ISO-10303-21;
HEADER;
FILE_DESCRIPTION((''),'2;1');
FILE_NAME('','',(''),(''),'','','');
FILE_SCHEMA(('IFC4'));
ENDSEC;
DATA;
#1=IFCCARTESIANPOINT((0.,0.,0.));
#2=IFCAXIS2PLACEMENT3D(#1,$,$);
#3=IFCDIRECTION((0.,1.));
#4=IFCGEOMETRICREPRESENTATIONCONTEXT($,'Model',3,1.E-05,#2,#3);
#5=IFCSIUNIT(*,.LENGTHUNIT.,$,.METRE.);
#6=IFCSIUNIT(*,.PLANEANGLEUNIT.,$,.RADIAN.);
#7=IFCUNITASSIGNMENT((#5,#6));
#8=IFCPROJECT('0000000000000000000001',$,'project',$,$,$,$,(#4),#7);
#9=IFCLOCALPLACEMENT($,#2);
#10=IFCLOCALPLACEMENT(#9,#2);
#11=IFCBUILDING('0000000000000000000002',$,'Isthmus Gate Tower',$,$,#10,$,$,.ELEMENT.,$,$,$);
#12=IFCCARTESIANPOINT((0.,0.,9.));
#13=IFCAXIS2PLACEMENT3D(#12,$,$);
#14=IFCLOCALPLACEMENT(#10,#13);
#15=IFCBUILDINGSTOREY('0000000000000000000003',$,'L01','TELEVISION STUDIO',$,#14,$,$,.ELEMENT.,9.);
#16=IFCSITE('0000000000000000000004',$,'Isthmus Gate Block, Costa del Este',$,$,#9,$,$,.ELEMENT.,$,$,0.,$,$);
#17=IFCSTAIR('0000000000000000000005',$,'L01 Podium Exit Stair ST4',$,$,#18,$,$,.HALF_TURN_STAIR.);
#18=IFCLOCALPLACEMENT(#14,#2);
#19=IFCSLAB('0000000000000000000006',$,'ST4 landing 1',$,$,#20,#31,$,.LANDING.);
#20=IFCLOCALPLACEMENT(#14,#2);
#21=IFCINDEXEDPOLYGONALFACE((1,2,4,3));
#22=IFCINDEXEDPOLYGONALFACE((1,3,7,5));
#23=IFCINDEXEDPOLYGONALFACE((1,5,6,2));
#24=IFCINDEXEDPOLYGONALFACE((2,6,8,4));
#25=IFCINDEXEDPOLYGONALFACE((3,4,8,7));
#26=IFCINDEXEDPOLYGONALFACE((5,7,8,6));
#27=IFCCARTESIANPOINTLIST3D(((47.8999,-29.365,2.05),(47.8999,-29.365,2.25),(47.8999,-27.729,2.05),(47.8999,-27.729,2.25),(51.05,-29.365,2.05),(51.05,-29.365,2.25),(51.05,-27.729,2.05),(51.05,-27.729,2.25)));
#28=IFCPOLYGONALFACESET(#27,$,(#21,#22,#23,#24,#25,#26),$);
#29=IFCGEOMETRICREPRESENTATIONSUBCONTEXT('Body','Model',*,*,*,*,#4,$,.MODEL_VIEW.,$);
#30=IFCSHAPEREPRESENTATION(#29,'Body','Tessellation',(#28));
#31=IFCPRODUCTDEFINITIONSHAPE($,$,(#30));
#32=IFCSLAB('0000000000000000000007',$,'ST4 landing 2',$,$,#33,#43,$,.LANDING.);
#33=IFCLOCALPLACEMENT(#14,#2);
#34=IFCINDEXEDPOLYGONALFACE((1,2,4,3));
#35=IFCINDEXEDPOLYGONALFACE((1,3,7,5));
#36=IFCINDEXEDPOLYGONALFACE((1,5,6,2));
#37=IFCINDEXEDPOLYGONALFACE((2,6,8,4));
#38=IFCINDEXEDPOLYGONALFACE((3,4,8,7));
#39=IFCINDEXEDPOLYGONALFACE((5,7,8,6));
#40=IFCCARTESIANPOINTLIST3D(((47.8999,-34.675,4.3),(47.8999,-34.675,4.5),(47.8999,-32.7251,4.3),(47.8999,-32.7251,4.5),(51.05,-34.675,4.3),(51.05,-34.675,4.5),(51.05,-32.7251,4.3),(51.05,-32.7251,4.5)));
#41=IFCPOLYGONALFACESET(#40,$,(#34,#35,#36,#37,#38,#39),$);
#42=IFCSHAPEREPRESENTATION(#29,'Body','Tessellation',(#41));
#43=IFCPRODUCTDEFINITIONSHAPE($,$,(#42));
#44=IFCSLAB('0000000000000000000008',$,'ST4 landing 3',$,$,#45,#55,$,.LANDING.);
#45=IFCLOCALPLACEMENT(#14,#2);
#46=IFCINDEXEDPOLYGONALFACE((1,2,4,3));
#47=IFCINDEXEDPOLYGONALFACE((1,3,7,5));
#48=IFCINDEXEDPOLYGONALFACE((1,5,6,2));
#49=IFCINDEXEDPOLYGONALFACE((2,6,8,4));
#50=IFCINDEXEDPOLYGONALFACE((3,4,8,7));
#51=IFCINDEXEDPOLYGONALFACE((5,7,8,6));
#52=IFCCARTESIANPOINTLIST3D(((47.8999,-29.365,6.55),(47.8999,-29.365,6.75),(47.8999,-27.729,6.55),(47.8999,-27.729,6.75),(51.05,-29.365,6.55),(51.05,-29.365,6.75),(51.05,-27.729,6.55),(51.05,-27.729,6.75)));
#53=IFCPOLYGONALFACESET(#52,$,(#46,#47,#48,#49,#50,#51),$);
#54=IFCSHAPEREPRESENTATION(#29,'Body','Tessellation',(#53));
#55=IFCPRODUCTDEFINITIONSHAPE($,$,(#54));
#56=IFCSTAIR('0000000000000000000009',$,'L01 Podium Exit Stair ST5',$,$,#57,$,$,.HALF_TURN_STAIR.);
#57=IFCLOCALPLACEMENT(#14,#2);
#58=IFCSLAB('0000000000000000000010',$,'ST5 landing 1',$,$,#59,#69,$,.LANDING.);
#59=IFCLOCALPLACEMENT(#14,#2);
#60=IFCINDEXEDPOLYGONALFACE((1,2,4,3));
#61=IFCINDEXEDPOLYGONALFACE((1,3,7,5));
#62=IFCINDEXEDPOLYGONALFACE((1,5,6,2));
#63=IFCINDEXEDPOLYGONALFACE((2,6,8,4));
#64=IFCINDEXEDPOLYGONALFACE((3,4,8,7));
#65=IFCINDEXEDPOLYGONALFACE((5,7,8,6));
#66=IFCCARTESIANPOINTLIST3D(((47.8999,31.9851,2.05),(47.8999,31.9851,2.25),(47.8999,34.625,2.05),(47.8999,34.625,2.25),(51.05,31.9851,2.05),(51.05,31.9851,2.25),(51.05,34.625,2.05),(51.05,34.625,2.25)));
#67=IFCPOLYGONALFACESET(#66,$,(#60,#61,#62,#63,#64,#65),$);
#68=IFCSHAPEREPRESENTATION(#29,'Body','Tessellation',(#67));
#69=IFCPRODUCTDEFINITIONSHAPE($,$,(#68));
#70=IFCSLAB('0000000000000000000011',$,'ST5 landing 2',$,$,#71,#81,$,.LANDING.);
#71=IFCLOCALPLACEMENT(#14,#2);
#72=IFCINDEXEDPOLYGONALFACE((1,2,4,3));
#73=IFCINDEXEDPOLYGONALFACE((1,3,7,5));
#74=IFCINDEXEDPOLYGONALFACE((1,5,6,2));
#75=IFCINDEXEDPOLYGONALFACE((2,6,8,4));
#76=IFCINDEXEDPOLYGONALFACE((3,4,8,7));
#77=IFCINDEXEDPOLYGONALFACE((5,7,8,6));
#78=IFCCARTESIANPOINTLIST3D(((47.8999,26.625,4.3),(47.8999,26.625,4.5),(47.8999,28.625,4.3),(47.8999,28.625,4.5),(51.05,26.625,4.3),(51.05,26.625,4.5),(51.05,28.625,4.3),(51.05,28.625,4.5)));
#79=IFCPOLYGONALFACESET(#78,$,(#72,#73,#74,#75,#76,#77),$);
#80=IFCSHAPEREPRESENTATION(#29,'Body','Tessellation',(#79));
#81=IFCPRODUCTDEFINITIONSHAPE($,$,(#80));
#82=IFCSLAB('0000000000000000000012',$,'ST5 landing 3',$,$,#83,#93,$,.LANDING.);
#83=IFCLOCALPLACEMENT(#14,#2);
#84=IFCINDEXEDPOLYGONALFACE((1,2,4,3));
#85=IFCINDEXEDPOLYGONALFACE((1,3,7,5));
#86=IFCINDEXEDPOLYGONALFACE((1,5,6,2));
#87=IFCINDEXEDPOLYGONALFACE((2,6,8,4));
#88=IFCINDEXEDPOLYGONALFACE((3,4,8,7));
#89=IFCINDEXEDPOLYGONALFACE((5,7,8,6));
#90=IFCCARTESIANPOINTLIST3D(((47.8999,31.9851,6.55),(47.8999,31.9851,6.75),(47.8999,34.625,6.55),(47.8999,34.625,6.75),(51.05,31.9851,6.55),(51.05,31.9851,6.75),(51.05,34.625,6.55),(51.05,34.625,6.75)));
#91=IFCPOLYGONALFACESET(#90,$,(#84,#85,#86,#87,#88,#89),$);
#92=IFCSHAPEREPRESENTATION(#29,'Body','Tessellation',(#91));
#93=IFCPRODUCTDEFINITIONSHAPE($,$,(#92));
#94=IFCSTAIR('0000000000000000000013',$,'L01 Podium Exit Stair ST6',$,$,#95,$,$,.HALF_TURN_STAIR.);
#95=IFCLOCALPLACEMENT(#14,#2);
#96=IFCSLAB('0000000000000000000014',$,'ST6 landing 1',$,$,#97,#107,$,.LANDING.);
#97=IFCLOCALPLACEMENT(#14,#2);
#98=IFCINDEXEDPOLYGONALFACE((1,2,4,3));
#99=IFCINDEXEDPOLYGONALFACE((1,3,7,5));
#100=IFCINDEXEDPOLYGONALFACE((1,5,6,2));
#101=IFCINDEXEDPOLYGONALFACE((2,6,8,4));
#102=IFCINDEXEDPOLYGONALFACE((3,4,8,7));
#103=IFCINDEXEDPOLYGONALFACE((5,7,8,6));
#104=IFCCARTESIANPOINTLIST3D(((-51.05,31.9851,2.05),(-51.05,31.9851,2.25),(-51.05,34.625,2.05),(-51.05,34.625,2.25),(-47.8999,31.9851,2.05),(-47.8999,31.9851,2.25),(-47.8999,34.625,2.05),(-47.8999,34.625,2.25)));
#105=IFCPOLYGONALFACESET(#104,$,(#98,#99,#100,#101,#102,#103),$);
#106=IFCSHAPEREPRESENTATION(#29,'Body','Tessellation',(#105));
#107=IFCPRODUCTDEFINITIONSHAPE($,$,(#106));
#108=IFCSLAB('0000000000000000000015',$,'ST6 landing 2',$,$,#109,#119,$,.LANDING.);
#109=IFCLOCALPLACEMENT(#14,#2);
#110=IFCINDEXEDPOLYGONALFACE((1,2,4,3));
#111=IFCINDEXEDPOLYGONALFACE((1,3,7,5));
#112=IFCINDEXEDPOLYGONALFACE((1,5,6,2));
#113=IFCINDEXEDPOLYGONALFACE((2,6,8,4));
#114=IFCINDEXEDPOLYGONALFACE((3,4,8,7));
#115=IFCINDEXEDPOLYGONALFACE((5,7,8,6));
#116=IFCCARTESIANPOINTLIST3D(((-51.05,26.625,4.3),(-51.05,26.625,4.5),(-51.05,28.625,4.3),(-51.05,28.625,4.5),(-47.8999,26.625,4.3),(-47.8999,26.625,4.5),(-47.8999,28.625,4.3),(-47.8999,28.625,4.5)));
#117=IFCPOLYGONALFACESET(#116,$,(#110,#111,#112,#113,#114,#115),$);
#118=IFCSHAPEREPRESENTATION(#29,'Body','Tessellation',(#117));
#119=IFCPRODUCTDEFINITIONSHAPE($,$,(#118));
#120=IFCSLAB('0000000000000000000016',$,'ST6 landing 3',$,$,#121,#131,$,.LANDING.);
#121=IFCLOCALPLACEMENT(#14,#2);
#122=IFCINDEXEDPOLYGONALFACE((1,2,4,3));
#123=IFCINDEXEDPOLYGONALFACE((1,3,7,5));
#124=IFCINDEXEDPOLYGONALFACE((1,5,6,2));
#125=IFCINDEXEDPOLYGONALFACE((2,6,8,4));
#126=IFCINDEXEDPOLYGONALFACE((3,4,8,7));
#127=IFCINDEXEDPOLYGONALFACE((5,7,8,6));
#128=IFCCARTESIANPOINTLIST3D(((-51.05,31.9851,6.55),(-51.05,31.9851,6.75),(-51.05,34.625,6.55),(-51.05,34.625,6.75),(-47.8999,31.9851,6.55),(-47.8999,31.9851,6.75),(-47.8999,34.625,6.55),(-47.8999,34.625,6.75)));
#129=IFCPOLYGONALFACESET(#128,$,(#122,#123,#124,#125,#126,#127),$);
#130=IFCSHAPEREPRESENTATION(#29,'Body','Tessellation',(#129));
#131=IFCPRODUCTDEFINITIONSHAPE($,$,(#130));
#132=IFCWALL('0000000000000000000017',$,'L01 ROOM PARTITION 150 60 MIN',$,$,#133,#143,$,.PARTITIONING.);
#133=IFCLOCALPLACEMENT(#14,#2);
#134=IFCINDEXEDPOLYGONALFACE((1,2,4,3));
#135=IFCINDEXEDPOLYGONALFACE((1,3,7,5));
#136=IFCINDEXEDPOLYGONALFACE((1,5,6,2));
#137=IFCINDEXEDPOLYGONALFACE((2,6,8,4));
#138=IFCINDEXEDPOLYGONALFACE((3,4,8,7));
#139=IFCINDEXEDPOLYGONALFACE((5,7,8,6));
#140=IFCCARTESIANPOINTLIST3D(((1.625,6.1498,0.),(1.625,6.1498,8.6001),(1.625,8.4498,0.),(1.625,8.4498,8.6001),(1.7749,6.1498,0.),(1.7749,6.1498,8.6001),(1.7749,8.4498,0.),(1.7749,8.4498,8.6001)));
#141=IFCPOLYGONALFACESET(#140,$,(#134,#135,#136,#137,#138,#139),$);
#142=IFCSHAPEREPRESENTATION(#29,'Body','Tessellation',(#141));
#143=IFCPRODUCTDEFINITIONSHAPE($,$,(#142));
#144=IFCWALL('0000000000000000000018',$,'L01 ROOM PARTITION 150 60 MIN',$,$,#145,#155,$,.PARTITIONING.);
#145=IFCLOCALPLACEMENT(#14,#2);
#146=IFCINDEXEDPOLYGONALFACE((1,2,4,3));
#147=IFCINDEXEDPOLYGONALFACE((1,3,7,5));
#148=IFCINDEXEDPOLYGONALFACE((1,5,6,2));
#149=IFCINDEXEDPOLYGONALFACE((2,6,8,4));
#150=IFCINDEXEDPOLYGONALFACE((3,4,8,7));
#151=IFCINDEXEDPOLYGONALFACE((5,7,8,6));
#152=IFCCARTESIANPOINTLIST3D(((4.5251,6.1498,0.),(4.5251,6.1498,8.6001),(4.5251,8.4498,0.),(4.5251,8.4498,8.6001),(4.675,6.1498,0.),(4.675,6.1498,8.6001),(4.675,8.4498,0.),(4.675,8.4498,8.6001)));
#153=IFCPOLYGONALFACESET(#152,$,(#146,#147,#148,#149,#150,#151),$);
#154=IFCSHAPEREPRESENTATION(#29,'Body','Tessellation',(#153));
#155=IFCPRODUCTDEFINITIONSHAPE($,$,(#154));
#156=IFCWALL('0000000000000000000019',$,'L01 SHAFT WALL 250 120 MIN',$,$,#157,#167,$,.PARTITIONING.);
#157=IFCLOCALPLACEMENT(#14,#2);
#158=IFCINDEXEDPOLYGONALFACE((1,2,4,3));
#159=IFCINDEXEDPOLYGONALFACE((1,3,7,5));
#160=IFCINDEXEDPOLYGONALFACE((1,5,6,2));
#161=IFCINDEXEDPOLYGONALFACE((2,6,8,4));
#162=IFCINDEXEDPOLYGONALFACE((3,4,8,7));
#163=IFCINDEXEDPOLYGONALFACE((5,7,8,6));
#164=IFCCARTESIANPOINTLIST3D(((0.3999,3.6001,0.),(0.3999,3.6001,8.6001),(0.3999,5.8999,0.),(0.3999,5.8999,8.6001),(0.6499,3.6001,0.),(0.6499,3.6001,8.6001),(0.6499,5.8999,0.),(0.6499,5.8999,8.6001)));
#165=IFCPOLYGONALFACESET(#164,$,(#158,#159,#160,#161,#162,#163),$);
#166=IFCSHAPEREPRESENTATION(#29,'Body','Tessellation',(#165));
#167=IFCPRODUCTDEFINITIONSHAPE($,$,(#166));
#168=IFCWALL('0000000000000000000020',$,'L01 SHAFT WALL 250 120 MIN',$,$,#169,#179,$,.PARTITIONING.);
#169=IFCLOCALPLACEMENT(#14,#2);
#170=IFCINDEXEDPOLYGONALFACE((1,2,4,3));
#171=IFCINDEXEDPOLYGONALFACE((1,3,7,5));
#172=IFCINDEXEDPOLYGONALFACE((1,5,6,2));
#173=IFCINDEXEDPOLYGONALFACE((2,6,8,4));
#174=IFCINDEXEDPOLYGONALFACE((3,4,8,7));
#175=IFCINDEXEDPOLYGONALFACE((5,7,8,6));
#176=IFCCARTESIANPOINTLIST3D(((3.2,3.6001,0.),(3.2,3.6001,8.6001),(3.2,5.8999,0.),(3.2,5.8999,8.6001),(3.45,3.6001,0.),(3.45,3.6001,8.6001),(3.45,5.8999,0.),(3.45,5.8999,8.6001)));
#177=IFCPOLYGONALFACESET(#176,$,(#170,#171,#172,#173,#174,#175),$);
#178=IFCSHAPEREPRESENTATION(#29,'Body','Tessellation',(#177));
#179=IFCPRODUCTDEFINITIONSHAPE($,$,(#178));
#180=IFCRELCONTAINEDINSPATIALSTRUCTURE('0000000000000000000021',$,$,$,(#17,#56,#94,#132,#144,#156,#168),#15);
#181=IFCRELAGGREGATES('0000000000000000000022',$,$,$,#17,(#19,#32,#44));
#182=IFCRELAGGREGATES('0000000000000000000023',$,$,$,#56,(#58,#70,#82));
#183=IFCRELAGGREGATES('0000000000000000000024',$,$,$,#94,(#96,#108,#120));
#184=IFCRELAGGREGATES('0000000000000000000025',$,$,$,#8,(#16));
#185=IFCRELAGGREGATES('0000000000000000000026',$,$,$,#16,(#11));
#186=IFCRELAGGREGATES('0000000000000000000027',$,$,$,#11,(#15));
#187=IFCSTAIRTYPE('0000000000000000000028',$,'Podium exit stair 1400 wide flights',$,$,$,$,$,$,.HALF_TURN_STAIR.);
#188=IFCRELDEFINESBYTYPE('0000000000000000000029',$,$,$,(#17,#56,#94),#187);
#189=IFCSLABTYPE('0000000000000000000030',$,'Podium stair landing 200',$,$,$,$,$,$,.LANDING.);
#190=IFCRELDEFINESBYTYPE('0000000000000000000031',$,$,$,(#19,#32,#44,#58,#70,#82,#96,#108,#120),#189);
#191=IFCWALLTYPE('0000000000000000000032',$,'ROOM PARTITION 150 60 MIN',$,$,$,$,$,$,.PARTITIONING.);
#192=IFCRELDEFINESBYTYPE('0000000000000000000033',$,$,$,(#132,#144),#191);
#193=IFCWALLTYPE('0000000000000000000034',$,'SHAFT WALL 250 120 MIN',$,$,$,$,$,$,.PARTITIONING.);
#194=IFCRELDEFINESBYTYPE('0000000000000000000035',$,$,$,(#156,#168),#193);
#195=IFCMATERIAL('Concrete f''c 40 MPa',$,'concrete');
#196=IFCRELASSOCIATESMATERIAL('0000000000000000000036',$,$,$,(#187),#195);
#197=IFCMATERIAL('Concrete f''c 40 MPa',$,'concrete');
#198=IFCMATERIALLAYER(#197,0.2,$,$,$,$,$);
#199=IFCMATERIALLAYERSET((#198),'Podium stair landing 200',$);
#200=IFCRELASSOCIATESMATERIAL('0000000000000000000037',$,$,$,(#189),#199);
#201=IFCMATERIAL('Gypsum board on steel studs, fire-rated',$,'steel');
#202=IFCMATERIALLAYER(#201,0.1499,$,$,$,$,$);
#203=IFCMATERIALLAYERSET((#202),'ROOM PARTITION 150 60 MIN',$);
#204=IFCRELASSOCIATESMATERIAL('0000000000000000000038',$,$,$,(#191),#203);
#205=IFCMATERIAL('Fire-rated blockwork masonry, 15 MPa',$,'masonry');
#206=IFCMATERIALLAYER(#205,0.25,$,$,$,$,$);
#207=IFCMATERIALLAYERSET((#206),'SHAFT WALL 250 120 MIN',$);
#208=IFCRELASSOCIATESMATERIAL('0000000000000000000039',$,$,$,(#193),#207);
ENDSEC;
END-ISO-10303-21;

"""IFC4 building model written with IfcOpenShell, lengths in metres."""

from ifc_helpers import new_model, si_unit, direction, frame, frame_2d, origin, place, context, subcontext, project, spatial, polyline, rectangle, outline, extrude, material, layer, layer_set, type_object, element, aggregate, save


model = new_model("IFC4")

# Units and contexts
model_context = context("Model", 3, precision=1e-05, world=origin(), true_north=direction((0.0, 1.0)))
body_context = subcontext(model_context, "Body", "Model", "MODEL_VIEW")
ifc_project = project(units=[si_unit("LENGTHUNIT", "METRE"), si_unit("PLANEANGLEUNIT", "RADIAN")], contexts=[model_context])

# Site, building, storey
site_placement = place(None, origin())
site = spatial("IfcSite", under=ifc_project, at=site_placement, Name="Isthmus Gate Block, Costa del Este", CompositionType="ELEMENT", RefElevation=0.0)
building_placement = place(site_placement, origin())
building = spatial("IfcBuilding", under=site, at=building_placement, Name="Isthmus Gate Tower", CompositionType="ELEMENT")
storey_placement = place(building_placement, frame((0.0, 0.0, 9.0)))
storey = spatial("IfcBuildingStorey", under=building, at=storey_placement, Name="L01", Description="TELEVISION STUDIO", CompositionType="ELEMENT", Elevation=9.0)

# Stairs, slabs
ifc_material_1 = material(Name="Concrete f'c 40 MPa", Category="concrete")
stair_type = type_object("IfcStairType", Name="Podium exit stair 1400 wide flights", PredefinedType="HALF_TURN_STAIR", material=ifc_material_1)
stair_1_placement = place(storey_placement, origin())
stair_1 = element("IfcStair", 1, at=stair_1_placement, inside=storey, type_object=stair_type, Name="L01 Podium Exit Stair ST4", PredefinedType="HALF_TURN_STAIR")
ifc_material_2 = material(Name="Concrete f'c 40 MPa", Category="concrete")
ifc_layer_1 = layer(ifc_material_2, 0.2)
ifc_layer_set_1 = layer_set([ifc_layer_1], Name="Podium stair landing 200")
slab_type = type_object("IfcSlabType", Name="Podium stair landing 200", PredefinedType="LANDING", material=ifc_layer_set_1)
slab_1_placement = place(storey_placement, frame((0.0, 0.0, 2.05)))
slab_1 = element("IfcSlab", 2, at=slab_1_placement, type_object=slab_type, Name="ST4 landing 1", PredefinedType="LANDING", context=body_context, shape_type="SweptSolid", body=[
    extrude(outline(polyline([(51.05, -29.365), (51.05, -27.729), (47.8999, -27.729), (47.8999, -29.365), (51.05, -29.365)])), origin(), (0.0, 0.0, 1.0), 0.2),
])
slab_2_placement = place(storey_placement, frame((0.0, 0.0, 4.3)))
slab_2 = element("IfcSlab", 3, at=slab_2_placement, type_object=slab_type, Name="ST4 landing 2", PredefinedType="LANDING", context=body_context, shape_type="SweptSolid", body=[
    extrude(outline(polyline([(51.05, -34.675), (51.05, -32.7251), (47.8999, -32.7251), (47.8999, -34.675), (51.05, -34.675)])), origin(), (0.0, 0.0, 1.0), 0.2),
])
slab_3_placement = place(storey_placement, frame((0.0, 0.0, 6.55)))
slab_3 = element("IfcSlab", 4, at=slab_3_placement, type_object=slab_type, Name="ST4 landing 3", PredefinedType="LANDING", context=body_context, shape_type="SweptSolid", body=[
    extrude(outline(polyline([(51.05, -29.365), (51.05, -27.729), (47.8999, -27.729), (47.8999, -29.365), (51.05, -29.365)])), origin(), (0.0, 0.0, 1.0), 0.2),
])
aggregate(stair_1, [slab_1, slab_2, slab_3])
stair_2_placement = place(storey_placement, origin())
stair_2 = element("IfcStair", 5, at=stair_2_placement, inside=storey, type_object=stair_type, Name="L01 Podium Exit Stair ST5", PredefinedType="HALF_TURN_STAIR")
slab_4_placement = place(storey_placement, frame((0.0, 0.0, 2.05)))
slab_4 = element("IfcSlab", 6, at=slab_4_placement, type_object=slab_type, Name="ST5 landing 1", PredefinedType="LANDING", context=body_context, shape_type="SweptSolid", body=[
    extrude(outline(polyline([(51.05, 31.9851), (51.05, 34.625), (47.8999, 34.625), (47.8999, 31.9851), (51.05, 31.9851)])), origin(), (0.0, 0.0, 1.0), 0.2),
])
slab_5_placement = place(storey_placement, frame((0.0, 0.0, 4.3)))
slab_5 = element("IfcSlab", 7, at=slab_5_placement, type_object=slab_type, Name="ST5 landing 2", PredefinedType="LANDING", context=body_context, shape_type="SweptSolid", body=[
    extrude(outline(polyline([(51.05, 26.625), (51.05, 28.625), (47.8999, 28.625), (47.8999, 26.625), (51.05, 26.625)])), origin(), (0.0, 0.0, 1.0), 0.2),
])
slab_6_placement = place(storey_placement, frame((0.0, 0.0, 6.55)))
slab_6 = element("IfcSlab", 8, at=slab_6_placement, type_object=slab_type, Name="ST5 landing 3", PredefinedType="LANDING", context=body_context, shape_type="SweptSolid", body=[
    extrude(outline(polyline([(51.05, 31.9851), (51.05, 34.625), (47.8999, 34.625), (47.8999, 31.9851), (51.05, 31.9851)])), origin(), (0.0, 0.0, 1.0), 0.2),
])
aggregate(stair_2, [slab_4, slab_5, slab_6])
stair_3_placement = place(storey_placement, origin())
stair_3 = element("IfcStair", 9, at=stair_3_placement, inside=storey, type_object=stair_type, Name="L01 Podium Exit Stair ST6", PredefinedType="HALF_TURN_STAIR")
slab_7_placement = place(storey_placement, frame((0.0, 0.0, 2.05)))
slab_7 = element("IfcSlab", 10, at=slab_7_placement, type_object=slab_type, Name="ST6 landing 1", PredefinedType="LANDING", context=body_context, shape_type="SweptSolid", body=[
    extrude(outline(polyline([(-47.8999, 31.9851), (-47.8999, 34.625), (-51.05, 34.625), (-51.05, 31.9851), (-47.8999, 31.9851)])), origin(), (0.0, 0.0, 1.0), 0.2),
])
slab_8_placement = place(storey_placement, frame((0.0, 0.0, 4.3)))
slab_8 = element("IfcSlab", 11, at=slab_8_placement, type_object=slab_type, Name="ST6 landing 2", PredefinedType="LANDING", context=body_context, shape_type="SweptSolid", body=[
    extrude(outline(polyline([(-47.8999, 26.625), (-47.8999, 28.625), (-51.05, 28.625), (-51.05, 26.625), (-47.8999, 26.625)])), origin(), (0.0, 0.0, 1.0), 0.2),
])
slab_9_placement = place(storey_placement, frame((0.0, 0.0, 6.55)))
slab_9 = element("IfcSlab", 12, at=slab_9_placement, type_object=slab_type, Name="ST6 landing 3", PredefinedType="LANDING", context=body_context, shape_type="SweptSolid", body=[
    extrude(outline(polyline([(-47.8999, 31.9851), (-47.8999, 34.625), (-51.05, 34.625), (-51.05, 31.9851), (-47.8999, 31.9851)])), origin(), (0.0, 0.0, 1.0), 0.2),
])
aggregate(stair_3, [slab_7, slab_8, slab_9])

# Walls
ifc_material_3 = material(Name="Gypsum board on steel studs, fire-rated", Category="steel")
ifc_layer_2 = layer(ifc_material_3, 0.1499)
ifc_layer_set_2 = layer_set([ifc_layer_2], Name="ROOM PARTITION 150 60 MIN")
wall_type_1 = type_object("IfcWallType", Name="ROOM PARTITION 150 60 MIN", PredefinedType="PARTITIONING", material=ifc_layer_set_2)
for number, where, z_axis, x_axis, name in (
    (13, (1.7, 6.1499, 0.0), (0.0, 0.0, 1.0), (0.0, 1.0, 0.0), "L01 ROOM PARTITION 150 60 MIN"),
    (14, (4.6001, 6.1499, 0.0), (0.0, 0.0, 1.0), (0.0, 1.0, 0.0), "L01 ROOM PARTITION 150 60 MIN"),
):
    element("IfcWall", number, at=place(storey_placement, frame(where, z_axis=z_axis, x_axis=x_axis)), inside=storey, type_object=wall_type_1, Name=name, PredefinedType="PARTITIONING", context=body_context, shape_type="SweptSolid", body=[
        extrude(rectangle(XDim=2.3, YDim=0.1499, at=frame_2d((1.1499, 0.0))), origin(), (0.0, 0.0, 1.0), 8.6001),
    ])
ifc_material_4 = material(Name="Fire-rated blockwork masonry, 15 MPa", Category="masonry")
ifc_layer_3 = layer(ifc_material_4, 0.25)
ifc_layer_set_3 = layer_set([ifc_layer_3], Name="SHAFT WALL 250 120 MIN")
wall_type_2 = type_object("IfcWallType", Name="SHAFT WALL 250 120 MIN", PredefinedType="PARTITIONING", material=ifc_layer_set_3)
for number, where, z_axis, x_axis, name in (
    (15, (0.5249, 3.6001, 0.0), (0.0, 0.0, 1.0), (0.0, 1.0, 0.0), "L01 SHAFT WALL 250 120 MIN"),
    (16, (3.325, 3.6001, 0.0), (0.0, 0.0, 1.0), (0.0, 1.0, 0.0), "L01 SHAFT WALL 250 120 MIN"),
):
    element("IfcWall", number, at=place(storey_placement, frame(where, z_axis=z_axis, x_axis=x_axis)), inside=storey, type_object=wall_type_2, Name=name, PredefinedType="PARTITIONING", context=body_context, shape_type="SweptSolid", body=[
        extrude(rectangle(XDim=2.2998, YDim=0.25, at=frame_2d((1.1499, 0.0))), origin(), (0.0, 0.0, 1.0), 8.6001),
    ])

save(model, "model.ifc")
